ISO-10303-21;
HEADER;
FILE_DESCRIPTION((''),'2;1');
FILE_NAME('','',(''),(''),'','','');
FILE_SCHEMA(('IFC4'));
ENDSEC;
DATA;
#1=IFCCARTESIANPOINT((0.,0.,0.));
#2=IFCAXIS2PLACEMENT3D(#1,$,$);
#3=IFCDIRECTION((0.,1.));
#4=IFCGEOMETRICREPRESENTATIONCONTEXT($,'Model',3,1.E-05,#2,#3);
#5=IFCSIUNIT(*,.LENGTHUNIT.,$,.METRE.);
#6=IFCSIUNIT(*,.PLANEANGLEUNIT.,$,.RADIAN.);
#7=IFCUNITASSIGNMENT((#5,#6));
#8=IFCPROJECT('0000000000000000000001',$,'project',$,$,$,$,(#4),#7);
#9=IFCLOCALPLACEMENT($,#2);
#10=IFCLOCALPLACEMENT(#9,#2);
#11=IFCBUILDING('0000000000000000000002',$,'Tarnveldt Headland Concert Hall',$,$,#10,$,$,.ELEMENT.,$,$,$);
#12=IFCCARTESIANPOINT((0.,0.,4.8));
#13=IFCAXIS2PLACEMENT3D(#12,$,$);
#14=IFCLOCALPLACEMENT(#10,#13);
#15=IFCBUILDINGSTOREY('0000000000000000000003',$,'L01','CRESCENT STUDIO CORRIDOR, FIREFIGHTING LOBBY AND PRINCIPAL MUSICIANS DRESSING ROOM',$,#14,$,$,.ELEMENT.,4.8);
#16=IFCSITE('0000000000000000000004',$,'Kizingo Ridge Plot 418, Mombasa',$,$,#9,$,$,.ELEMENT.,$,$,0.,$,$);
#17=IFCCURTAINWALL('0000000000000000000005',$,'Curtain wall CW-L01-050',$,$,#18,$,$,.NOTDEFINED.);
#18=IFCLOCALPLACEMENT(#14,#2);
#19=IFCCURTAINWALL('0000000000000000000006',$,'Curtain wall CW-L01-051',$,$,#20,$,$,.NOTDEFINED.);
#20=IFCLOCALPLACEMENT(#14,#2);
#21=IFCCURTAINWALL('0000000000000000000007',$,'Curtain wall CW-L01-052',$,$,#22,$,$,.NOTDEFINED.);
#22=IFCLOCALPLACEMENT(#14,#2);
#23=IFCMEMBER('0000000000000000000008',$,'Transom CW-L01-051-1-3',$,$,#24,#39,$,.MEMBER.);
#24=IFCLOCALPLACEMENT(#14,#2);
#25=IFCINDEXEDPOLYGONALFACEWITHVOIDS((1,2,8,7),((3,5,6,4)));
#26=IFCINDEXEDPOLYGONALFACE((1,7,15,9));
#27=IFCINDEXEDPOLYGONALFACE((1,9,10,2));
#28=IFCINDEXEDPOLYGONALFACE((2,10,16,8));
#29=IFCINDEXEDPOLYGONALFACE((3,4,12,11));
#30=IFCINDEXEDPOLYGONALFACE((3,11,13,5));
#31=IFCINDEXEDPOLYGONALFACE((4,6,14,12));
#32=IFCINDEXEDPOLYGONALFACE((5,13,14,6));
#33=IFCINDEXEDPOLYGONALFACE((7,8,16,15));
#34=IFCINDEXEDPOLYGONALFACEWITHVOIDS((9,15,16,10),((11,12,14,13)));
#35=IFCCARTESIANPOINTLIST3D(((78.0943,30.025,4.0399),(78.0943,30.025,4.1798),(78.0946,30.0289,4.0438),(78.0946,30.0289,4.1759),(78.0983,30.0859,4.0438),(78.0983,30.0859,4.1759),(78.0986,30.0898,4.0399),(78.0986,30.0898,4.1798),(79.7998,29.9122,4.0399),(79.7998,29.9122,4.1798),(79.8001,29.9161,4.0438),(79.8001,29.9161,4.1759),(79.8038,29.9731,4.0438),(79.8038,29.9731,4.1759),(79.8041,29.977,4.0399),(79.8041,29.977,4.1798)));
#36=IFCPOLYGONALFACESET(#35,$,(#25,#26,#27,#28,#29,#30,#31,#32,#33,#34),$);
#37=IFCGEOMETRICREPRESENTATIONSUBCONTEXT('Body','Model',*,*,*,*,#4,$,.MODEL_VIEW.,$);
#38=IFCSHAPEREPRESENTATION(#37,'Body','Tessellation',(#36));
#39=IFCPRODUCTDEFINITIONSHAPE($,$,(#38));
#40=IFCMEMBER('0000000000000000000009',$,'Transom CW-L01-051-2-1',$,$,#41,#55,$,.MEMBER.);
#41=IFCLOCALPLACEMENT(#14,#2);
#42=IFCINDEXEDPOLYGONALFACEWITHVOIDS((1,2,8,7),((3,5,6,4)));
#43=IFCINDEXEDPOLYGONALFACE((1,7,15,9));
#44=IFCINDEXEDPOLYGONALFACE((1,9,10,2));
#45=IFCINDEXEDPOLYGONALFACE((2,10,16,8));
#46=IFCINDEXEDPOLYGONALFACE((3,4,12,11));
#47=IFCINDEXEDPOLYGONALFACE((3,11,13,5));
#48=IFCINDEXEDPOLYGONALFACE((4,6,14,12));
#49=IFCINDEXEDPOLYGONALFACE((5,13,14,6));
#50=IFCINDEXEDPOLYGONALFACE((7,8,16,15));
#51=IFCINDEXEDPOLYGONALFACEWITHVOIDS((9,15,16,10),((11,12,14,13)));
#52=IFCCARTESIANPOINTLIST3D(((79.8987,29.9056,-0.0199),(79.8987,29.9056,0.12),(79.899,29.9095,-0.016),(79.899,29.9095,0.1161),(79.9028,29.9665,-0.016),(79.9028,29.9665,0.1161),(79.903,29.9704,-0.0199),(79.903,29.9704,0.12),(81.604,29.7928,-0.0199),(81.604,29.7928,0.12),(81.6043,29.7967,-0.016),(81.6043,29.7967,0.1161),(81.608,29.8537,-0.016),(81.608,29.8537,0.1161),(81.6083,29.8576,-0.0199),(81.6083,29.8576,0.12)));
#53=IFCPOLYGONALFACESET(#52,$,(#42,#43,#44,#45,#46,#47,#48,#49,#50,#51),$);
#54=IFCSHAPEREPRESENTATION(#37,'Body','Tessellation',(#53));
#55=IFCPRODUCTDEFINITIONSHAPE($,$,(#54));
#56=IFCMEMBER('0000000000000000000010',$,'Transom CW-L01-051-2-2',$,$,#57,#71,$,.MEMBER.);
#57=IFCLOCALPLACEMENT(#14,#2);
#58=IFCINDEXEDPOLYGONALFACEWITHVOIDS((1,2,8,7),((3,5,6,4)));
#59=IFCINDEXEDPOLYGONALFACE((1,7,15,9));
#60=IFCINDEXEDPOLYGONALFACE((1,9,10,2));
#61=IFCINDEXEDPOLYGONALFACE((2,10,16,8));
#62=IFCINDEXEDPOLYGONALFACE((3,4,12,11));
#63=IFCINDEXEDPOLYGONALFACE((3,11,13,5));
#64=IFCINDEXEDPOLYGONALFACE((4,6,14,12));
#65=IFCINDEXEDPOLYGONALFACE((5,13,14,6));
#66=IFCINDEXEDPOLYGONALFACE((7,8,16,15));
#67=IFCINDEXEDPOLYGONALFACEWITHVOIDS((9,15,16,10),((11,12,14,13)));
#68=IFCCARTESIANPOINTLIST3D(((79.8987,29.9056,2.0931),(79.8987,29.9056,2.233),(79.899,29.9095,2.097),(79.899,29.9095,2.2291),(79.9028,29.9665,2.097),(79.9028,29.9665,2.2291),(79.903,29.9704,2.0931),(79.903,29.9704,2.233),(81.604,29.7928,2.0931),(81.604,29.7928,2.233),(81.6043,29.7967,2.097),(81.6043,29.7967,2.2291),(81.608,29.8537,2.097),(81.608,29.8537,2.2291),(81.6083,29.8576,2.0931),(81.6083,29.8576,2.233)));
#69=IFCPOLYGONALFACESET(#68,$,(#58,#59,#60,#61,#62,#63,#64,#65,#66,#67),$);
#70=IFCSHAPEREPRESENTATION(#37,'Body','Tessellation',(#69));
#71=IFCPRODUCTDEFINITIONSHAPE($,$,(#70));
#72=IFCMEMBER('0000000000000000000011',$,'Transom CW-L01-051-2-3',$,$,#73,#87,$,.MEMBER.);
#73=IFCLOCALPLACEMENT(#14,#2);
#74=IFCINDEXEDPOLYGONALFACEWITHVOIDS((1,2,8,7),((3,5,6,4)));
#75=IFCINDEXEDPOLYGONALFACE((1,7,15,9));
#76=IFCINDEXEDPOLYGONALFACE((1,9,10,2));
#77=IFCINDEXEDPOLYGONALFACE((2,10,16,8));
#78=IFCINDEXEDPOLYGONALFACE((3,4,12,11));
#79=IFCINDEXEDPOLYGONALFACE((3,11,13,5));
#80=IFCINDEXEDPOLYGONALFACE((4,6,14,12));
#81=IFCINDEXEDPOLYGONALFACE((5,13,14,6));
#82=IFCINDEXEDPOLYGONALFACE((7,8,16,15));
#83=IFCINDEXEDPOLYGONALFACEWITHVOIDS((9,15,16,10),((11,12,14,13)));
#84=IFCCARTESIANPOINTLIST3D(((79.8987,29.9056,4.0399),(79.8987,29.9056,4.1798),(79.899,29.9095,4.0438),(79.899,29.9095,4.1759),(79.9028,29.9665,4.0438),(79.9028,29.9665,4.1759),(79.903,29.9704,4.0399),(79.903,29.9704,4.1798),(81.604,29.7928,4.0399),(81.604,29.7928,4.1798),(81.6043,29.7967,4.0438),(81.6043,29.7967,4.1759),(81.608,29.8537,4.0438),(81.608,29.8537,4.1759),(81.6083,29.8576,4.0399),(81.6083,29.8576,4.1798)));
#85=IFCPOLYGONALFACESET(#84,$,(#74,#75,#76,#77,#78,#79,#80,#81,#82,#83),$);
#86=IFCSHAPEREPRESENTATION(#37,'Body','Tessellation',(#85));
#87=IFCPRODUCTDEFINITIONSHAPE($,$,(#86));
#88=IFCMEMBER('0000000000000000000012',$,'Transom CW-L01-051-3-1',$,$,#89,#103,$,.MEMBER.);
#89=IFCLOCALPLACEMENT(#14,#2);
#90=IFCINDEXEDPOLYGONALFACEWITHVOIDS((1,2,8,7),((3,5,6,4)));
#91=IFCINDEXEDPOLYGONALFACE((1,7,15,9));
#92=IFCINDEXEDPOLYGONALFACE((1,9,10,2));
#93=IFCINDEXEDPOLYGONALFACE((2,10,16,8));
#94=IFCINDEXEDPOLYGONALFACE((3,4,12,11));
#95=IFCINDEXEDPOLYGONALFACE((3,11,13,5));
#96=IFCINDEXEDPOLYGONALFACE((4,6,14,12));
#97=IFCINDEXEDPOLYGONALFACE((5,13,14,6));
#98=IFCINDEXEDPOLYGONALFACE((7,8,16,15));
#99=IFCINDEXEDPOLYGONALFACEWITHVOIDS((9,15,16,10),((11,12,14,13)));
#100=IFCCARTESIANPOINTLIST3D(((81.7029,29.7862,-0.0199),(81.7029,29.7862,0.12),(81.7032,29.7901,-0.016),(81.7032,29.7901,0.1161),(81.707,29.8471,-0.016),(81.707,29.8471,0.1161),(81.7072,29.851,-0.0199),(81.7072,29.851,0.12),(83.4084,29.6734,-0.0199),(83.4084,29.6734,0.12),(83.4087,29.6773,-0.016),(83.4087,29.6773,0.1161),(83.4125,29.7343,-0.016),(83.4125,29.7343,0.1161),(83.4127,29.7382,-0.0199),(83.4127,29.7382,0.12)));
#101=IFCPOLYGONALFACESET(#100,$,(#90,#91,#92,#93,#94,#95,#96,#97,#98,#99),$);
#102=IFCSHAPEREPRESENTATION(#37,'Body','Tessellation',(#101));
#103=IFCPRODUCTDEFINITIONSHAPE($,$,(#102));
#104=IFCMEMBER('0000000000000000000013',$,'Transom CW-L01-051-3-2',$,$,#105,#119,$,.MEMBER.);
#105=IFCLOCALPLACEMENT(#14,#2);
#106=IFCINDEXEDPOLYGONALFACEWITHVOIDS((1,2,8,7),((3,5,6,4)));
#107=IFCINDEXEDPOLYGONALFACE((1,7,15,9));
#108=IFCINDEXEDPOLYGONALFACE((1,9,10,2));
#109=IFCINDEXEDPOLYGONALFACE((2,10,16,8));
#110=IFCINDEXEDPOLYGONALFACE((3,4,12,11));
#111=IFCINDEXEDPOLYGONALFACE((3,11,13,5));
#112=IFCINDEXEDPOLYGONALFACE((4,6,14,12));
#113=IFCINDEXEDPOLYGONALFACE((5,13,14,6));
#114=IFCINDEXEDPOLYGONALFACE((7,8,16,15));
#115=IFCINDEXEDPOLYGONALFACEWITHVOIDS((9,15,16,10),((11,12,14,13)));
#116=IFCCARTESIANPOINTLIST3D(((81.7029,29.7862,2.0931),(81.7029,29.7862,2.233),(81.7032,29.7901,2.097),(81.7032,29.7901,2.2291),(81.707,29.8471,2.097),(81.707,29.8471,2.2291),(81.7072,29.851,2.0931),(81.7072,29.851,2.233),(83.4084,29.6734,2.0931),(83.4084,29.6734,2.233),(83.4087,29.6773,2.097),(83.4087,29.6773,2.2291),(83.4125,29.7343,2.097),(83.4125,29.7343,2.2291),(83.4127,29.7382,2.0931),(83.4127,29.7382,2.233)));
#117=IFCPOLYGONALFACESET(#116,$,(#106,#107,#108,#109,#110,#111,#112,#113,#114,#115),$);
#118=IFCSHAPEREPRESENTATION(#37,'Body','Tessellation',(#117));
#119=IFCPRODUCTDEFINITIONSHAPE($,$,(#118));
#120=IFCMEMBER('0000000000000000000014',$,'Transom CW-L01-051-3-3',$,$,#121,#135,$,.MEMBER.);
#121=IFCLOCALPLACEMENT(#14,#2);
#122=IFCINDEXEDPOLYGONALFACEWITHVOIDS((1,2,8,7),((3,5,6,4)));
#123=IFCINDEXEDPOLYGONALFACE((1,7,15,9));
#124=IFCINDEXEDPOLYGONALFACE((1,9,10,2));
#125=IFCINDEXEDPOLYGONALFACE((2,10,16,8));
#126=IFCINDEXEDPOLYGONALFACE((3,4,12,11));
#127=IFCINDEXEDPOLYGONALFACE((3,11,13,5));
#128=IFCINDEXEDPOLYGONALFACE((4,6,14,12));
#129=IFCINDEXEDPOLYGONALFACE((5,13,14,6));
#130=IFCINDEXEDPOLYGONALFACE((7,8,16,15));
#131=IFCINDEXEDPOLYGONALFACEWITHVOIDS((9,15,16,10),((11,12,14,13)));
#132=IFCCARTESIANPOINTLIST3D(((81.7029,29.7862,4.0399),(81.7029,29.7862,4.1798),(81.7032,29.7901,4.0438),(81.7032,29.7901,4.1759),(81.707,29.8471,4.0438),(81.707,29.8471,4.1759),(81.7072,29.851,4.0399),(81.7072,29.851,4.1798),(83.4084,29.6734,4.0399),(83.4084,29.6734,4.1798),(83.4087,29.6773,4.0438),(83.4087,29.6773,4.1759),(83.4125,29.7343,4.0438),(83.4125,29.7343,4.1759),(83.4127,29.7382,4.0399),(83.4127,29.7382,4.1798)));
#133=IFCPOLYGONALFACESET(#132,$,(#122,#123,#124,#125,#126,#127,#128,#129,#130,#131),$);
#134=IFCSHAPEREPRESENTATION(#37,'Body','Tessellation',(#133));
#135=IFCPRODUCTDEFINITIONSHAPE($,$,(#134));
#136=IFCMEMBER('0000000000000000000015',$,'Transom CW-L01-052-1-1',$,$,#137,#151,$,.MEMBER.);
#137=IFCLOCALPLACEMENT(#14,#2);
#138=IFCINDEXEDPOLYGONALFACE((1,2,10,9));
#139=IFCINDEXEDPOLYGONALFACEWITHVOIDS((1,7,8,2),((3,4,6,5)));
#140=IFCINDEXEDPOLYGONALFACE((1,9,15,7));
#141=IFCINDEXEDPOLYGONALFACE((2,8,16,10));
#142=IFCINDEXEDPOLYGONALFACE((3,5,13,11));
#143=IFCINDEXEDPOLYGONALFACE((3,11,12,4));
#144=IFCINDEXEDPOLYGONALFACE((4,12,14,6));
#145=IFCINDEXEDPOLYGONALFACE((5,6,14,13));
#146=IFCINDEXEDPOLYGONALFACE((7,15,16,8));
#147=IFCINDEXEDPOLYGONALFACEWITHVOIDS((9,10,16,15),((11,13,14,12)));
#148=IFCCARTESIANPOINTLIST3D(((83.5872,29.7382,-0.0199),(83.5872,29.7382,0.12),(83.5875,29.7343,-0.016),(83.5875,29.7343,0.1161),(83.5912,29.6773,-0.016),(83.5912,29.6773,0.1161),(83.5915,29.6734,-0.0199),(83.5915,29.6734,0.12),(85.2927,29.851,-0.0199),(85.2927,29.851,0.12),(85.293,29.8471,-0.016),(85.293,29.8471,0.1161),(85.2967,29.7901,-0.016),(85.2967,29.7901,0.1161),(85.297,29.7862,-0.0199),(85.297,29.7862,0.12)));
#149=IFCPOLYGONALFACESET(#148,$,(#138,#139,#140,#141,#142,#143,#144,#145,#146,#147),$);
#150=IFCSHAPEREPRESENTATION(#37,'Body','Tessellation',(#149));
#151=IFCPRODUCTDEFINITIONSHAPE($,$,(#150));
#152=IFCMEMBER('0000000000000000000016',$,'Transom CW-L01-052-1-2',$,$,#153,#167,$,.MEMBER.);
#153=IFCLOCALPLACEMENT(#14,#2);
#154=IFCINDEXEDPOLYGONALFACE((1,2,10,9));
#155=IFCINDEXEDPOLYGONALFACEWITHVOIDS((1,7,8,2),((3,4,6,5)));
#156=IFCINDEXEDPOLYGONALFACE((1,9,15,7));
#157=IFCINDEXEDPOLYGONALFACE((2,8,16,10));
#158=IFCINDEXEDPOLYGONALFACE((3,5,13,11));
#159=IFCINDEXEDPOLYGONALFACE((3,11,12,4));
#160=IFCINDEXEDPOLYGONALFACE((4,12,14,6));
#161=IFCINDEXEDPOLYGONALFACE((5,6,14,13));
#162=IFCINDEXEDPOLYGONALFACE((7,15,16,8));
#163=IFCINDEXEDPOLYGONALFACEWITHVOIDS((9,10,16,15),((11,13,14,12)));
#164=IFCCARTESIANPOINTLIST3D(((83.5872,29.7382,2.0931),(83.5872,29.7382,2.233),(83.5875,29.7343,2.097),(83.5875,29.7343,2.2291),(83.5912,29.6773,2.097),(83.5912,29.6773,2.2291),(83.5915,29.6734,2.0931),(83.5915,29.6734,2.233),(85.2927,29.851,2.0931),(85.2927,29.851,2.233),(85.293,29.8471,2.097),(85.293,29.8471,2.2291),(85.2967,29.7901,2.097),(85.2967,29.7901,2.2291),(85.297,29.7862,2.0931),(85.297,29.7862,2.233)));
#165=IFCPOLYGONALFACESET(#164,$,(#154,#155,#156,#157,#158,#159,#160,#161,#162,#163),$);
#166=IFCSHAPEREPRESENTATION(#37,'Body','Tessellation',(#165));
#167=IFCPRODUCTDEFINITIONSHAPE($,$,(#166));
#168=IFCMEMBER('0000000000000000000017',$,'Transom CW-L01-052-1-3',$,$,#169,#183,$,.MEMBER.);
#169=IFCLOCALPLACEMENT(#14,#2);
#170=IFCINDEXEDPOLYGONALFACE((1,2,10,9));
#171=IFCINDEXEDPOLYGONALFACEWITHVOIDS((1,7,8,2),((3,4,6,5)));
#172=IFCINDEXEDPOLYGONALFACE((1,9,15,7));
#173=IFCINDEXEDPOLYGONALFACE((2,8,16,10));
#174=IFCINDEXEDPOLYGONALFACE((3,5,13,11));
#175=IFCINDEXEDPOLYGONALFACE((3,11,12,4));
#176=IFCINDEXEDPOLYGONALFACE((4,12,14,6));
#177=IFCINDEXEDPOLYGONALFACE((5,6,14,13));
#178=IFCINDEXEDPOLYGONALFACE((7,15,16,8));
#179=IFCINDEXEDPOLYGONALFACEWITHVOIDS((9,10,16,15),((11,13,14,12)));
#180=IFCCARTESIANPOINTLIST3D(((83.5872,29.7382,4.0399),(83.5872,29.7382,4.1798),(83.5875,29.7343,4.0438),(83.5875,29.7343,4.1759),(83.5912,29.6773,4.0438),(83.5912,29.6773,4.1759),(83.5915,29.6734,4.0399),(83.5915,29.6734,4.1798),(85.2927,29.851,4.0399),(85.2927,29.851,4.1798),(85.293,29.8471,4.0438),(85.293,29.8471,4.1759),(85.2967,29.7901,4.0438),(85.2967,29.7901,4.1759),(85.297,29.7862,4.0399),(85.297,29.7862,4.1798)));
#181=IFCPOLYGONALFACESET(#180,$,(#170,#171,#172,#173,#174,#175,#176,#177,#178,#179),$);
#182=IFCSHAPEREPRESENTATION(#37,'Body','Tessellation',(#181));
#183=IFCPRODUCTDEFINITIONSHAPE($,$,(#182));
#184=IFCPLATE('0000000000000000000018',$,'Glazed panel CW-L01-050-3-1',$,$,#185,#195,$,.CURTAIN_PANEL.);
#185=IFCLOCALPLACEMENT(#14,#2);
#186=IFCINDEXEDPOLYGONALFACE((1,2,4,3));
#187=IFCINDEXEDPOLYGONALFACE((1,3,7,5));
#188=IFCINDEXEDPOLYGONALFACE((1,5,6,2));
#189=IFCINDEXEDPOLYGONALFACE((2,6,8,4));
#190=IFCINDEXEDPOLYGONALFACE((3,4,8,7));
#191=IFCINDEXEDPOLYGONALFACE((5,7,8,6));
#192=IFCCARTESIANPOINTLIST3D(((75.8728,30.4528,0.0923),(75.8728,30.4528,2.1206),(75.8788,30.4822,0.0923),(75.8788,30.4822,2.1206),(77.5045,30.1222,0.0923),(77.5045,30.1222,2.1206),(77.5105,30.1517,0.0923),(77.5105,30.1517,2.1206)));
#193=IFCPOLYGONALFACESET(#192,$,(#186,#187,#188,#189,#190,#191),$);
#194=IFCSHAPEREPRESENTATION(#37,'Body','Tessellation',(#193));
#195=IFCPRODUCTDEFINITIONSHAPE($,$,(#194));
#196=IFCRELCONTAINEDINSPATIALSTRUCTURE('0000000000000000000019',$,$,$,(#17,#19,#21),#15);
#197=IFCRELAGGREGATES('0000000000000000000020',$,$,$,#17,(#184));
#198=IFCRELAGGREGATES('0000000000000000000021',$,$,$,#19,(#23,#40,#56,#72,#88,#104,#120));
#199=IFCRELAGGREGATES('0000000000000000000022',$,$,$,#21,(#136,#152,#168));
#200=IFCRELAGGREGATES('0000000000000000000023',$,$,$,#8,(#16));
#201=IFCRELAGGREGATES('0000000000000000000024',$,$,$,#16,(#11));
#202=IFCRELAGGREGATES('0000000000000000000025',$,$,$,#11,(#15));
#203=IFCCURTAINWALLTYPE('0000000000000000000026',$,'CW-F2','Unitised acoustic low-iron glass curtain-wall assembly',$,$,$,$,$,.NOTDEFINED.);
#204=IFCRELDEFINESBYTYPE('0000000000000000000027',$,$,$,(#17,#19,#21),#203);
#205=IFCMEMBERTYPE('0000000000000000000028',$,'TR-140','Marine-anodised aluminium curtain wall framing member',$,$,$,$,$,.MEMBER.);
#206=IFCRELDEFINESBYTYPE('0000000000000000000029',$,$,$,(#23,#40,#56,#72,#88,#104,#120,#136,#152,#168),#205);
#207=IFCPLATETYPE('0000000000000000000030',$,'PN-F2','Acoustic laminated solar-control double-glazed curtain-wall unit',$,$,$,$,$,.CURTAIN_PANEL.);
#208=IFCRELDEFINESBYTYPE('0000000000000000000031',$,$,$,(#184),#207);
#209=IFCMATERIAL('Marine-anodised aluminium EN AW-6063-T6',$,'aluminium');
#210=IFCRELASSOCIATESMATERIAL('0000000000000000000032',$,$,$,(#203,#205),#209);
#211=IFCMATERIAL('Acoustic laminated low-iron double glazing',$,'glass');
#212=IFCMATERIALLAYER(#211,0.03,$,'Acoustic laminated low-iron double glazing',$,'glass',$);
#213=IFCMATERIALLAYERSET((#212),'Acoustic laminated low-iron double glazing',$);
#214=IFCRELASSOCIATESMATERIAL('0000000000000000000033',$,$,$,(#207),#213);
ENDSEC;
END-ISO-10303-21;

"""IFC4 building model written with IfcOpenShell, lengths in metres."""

from ifc_helpers import new_model, si_unit, direction, frame, origin, origin_2d, place, context, subcontext, project, spatial, rectangle, hollow_rectangle, extrude, material, layer, layer_set, material_profile, profile_set, type_object, element, aggregate, save


model = new_model("IFC4")

# Units and contexts
model_context = context("Model", 3, precision=1e-05, world=origin(), true_north=direction((0.0, 1.0)))
body_context = subcontext(model_context, "Body", "Model", "MODEL_VIEW")
ifc_project = project(units=[si_unit("LENGTHUNIT", "METRE"), si_unit("PLANEANGLEUNIT", "RADIAN")], contexts=[model_context])

# Site, building, storey
site_placement = place(None, origin())
site = spatial("IfcSite", under=ifc_project, at=site_placement, Name="Kizingo Ridge Plot 418, Mombasa", CompositionType="ELEMENT", RefElevation=0.0)
building_placement = place(site_placement, origin())
building = spatial("IfcBuilding", under=site, at=building_placement, Name="Tarnveldt Headland Concert Hall", CompositionType="ELEMENT")
storey_placement = place(building_placement, frame((0.0, 0.0, 4.8)))
storey = spatial("IfcBuildingStorey", under=building, at=storey_placement, Name="L01", Description="CRESCENT STUDIO CORRIDOR, FIREFIGHTING LOBBY AND PRINCIPAL MUSICIANS DRESSING ROOM", CompositionType="ELEMENT", Elevation=4.8)

# Curtain wall
ifc_material_1 = material(Name="Marine-anodised aluminium EN AW-6063-T6", Category="aluminium")
curtain_wall_type = type_object("IfcCurtainWallType", Name="CW-F2", Description="Unitised acoustic low-iron glass curtain-wall assembly", PredefinedType="NOTDEFINED", material=ifc_material_1)
curtain_wall_1_placement = place(storey_placement, origin())
curtain_wall_1 = element("IfcCurtainWall", 1, at=curtain_wall_1_placement, inside=storey, type_object=curtain_wall_type, Name="Curtain wall CW-L01-050", PredefinedType="NOTDEFINED")

# Curtain wall
curtain_wall_2_placement = place(storey_placement, origin())
curtain_wall_2 = element("IfcCurtainWall", 2, at=curtain_wall_2_placement, inside=storey, type_object=curtain_wall_type, Name="Curtain wall CW-L01-051", PredefinedType="NOTDEFINED")

# Curtain wall
curtain_wall_3_placement = place(storey_placement, origin())
curtain_wall_3 = element("IfcCurtainWall", 3, at=curtain_wall_3_placement, inside=storey, type_object=curtain_wall_type, Name="Curtain wall CW-L01-052", PredefinedType="NOTDEFINED")

# Members
ifc_material_profile_1 = material_profile(ifc_material_1, hollow_rectangle(XDim=0.0649, YDim=0.1399, WallThickness=0.0039, at=origin_2d()), Name="ALU TRANSOM 65x140x4", Category="aluminium")
ifc_profile_set_1 = profile_set([ifc_material_profile_1], Name="Marine-anodised aluminium EN AW-6063-T6")
member_type_1 = type_object("IfcMemberType", Name="TR-140", Description="Marine-anodised aluminium curtain wall framing member", PredefinedType="MEMBER", material=ifc_profile_set_1)
member_1_placement = place(storey_placement, frame((78.0964, 30.0574, 4.1099), z_axis=(0.99782, -0.065988, 0.0), x_axis=(0.065988, 0.99782, 0.0)))
member_1 = element("IfcMember", 4, at=member_1_placement, type_object=member_type_1, Name="Transom CW-L01-051-1-3", PredefinedType="MEMBER", context=body_context, shape_type="SweptSolid", body=[
    extrude(hollow_rectangle(XDim=0.0649, YDim=0.1399, WallThickness=0.0039, at=origin_2d()), origin(), (0.0, 0.0, 1.0), 1.7092),
])
member_2_placement = place(storey_placement, frame((79.9009, 29.938, 0.05), z_axis=(0.99782, -0.065998, 0.0), x_axis=(0.065998, 0.99782, 0.0)))
member_2 = element("IfcMember", 5, at=member_2_placement, type_object=member_type_1, Name="Transom CW-L01-051-2-1", PredefinedType="MEMBER", context=body_context, shape_type="SweptSolid", body=[
    extrude(hollow_rectangle(XDim=0.0649, YDim=0.1399, WallThickness=0.0039, at=origin_2d()), origin(), (0.0, 0.0, 1.0), 1.709),
])
member_3_placement = place(storey_placement, frame((79.9009, 29.938, 2.1631), z_axis=(0.99782, -0.065998, 0.0), x_axis=(0.065998, 0.99782, 0.0)))
member_3 = element("IfcMember", 6, at=member_3_placement, type_object=member_type_1, Name="Transom CW-L01-051-2-2", PredefinedType="MEMBER", context=body_context, shape_type="SweptSolid", body=[
    extrude(hollow_rectangle(XDim=0.0649, YDim=0.1399, WallThickness=0.0039, at=origin_2d()), origin(), (0.0, 0.0, 1.0), 1.709),
])
member_4_placement = place(storey_placement, frame((79.9009, 29.938, 4.1099), z_axis=(0.99782, -0.065998, 0.0), x_axis=(0.065998, 0.99782, 0.0)))
member_4 = element("IfcMember", 7, at=member_4_placement, type_object=member_type_1, Name="Transom CW-L01-051-2-3", PredefinedType="MEMBER", context=body_context, shape_type="SweptSolid", body=[
    extrude(hollow_rectangle(XDim=0.0649, YDim=0.1399, WallThickness=0.0039, at=origin_2d()), origin(), (0.0, 0.0, 1.0), 1.709),
])
member_5_placement = place(storey_placement, frame((81.7051, 29.8186, 0.05), z_axis=(0.99782, -0.065988, 0.0), x_axis=(0.065988, 0.99782, 0.0)))
member_5 = element("IfcMember", 8, at=member_5_placement, type_object=member_type_1, Name="Transom CW-L01-051-3-1", PredefinedType="MEMBER", context=body_context, shape_type="SweptSolid", body=[
    extrude(hollow_rectangle(XDim=0.0649, YDim=0.1399, WallThickness=0.0039, at=origin_2d()), origin(), (0.0, 0.0, 1.0), 1.7092),
])
member_6_placement = place(storey_placement, frame((81.7051, 29.8186, 2.1631), z_axis=(0.99782, -0.065988, 0.0), x_axis=(0.065988, 0.99782, 0.0)))
member_6 = element("IfcMember", 9, at=member_6_placement, type_object=member_type_1, Name="Transom CW-L01-051-3-2", PredefinedType="MEMBER", context=body_context, shape_type="SweptSolid", body=[
    extrude(hollow_rectangle(XDim=0.0649, YDim=0.1399, WallThickness=0.0039, at=origin_2d()), origin(), (0.0, 0.0, 1.0), 1.7092),
])
member_7_placement = place(storey_placement, frame((81.7051, 29.8186, 4.1099), z_axis=(0.99782, -0.065988, 0.0), x_axis=(0.065988, 0.99782, 0.0)))
member_7 = element("IfcMember", 10, at=member_7_placement, type_object=member_type_1, Name="Transom CW-L01-051-3-3", PredefinedType="MEMBER", context=body_context, shape_type="SweptSolid", body=[
    extrude(hollow_rectangle(XDim=0.0649, YDim=0.1399, WallThickness=0.0039, at=origin_2d()), origin(), (0.0, 0.0, 1.0), 1.7092),
])
member_8_placement = place(storey_placement, frame((83.5894, 29.7058, 0.05), z_axis=(0.99782, 0.065988, 0.0), x_axis=(-0.065988, 0.99782, 0.0)))
member_8 = element("IfcMember", 11, at=member_8_placement, type_object=member_type_1, Name="Transom CW-L01-052-1-1", PredefinedType="MEMBER", context=body_context, shape_type="SweptSolid", body=[
    extrude(hollow_rectangle(XDim=0.0649, YDim=0.1399, WallThickness=0.0039, at=origin_2d()), origin(), (0.0, 0.0, 1.0), 1.7092),
])
member_9_placement = place(storey_placement, frame((83.5894, 29.7058, 2.1631), z_axis=(0.99782, 0.065988, 0.0), x_axis=(-0.065988, 0.99782, 0.0)))
member_9 = element("IfcMember", 12, at=member_9_placement, type_object=member_type_1, Name="Transom CW-L01-052-1-2", PredefinedType="MEMBER", context=body_context, shape_type="SweptSolid", body=[
    extrude(hollow_rectangle(XDim=0.0649, YDim=0.1399, WallThickness=0.0039, at=origin_2d()), origin(), (0.0, 0.0, 1.0), 1.7092),
])
member_10_placement = place(storey_placement, frame((83.5894, 29.7058, 4.1099), z_axis=(0.99782, 0.065988, 0.0), x_axis=(-0.065988, 0.99782, 0.0)))
member_10 = element("IfcMember", 13, at=member_10_placement, type_object=member_type_1, Name="Transom CW-L01-052-1-3", PredefinedType="MEMBER", context=body_context, shape_type="SweptSolid", body=[
    extrude(hollow_rectangle(XDim=0.0649, YDim=0.1399, WallThickness=0.0039, at=origin_2d()), origin(), (0.0, 0.0, 1.0), 1.7092),
])

# Plate
ifc_material_2 = material(Name="Acoustic laminated low-iron double glazing", Category="glass")
ifc_layer_1 = layer(ifc_material_2, 0.03, Name="Acoustic laminated low-iron double glazing", Category="glass")
ifc_layer_set_1 = layer_set([ifc_layer_1], Name="Acoustic laminated low-iron double glazing")
plate_type = type_object("IfcPlateType", Name="PN-F2", Description="Acoustic laminated solar-control double-glazed curtain-wall unit", PredefinedType="CURTAIN_PANEL", material=ifc_layer_set_1)
plate_1_placement = place(storey_placement, frame((76.6917, 30.3022, 0.0923), z_axis=(0.0, 0.0, 1.0), x_axis=(0.980088, -0.198564, 0.0)))
plate_1 = element("IfcPlate", 14, at=plate_1_placement, type_object=plate_type, Name="Glazed panel CW-L01-050-3-1", PredefinedType="CURTAIN_PANEL", context=body_context, shape_type="SweptSolid", body=[
    extrude(rectangle(XDim=1.6648, YDim=0.03, at=origin_2d()), origin(), (0.0, 0.0, 1.0), 2.0283),
])
aggregate(curtain_wall_1, [plate_1])
aggregate(curtain_wall_2, [member_1, member_2, member_3, member_4, member_5, member_6, member_7])
aggregate(curtain_wall_3, [member_8, member_9, member_10])

save(model, "model.ifc")
